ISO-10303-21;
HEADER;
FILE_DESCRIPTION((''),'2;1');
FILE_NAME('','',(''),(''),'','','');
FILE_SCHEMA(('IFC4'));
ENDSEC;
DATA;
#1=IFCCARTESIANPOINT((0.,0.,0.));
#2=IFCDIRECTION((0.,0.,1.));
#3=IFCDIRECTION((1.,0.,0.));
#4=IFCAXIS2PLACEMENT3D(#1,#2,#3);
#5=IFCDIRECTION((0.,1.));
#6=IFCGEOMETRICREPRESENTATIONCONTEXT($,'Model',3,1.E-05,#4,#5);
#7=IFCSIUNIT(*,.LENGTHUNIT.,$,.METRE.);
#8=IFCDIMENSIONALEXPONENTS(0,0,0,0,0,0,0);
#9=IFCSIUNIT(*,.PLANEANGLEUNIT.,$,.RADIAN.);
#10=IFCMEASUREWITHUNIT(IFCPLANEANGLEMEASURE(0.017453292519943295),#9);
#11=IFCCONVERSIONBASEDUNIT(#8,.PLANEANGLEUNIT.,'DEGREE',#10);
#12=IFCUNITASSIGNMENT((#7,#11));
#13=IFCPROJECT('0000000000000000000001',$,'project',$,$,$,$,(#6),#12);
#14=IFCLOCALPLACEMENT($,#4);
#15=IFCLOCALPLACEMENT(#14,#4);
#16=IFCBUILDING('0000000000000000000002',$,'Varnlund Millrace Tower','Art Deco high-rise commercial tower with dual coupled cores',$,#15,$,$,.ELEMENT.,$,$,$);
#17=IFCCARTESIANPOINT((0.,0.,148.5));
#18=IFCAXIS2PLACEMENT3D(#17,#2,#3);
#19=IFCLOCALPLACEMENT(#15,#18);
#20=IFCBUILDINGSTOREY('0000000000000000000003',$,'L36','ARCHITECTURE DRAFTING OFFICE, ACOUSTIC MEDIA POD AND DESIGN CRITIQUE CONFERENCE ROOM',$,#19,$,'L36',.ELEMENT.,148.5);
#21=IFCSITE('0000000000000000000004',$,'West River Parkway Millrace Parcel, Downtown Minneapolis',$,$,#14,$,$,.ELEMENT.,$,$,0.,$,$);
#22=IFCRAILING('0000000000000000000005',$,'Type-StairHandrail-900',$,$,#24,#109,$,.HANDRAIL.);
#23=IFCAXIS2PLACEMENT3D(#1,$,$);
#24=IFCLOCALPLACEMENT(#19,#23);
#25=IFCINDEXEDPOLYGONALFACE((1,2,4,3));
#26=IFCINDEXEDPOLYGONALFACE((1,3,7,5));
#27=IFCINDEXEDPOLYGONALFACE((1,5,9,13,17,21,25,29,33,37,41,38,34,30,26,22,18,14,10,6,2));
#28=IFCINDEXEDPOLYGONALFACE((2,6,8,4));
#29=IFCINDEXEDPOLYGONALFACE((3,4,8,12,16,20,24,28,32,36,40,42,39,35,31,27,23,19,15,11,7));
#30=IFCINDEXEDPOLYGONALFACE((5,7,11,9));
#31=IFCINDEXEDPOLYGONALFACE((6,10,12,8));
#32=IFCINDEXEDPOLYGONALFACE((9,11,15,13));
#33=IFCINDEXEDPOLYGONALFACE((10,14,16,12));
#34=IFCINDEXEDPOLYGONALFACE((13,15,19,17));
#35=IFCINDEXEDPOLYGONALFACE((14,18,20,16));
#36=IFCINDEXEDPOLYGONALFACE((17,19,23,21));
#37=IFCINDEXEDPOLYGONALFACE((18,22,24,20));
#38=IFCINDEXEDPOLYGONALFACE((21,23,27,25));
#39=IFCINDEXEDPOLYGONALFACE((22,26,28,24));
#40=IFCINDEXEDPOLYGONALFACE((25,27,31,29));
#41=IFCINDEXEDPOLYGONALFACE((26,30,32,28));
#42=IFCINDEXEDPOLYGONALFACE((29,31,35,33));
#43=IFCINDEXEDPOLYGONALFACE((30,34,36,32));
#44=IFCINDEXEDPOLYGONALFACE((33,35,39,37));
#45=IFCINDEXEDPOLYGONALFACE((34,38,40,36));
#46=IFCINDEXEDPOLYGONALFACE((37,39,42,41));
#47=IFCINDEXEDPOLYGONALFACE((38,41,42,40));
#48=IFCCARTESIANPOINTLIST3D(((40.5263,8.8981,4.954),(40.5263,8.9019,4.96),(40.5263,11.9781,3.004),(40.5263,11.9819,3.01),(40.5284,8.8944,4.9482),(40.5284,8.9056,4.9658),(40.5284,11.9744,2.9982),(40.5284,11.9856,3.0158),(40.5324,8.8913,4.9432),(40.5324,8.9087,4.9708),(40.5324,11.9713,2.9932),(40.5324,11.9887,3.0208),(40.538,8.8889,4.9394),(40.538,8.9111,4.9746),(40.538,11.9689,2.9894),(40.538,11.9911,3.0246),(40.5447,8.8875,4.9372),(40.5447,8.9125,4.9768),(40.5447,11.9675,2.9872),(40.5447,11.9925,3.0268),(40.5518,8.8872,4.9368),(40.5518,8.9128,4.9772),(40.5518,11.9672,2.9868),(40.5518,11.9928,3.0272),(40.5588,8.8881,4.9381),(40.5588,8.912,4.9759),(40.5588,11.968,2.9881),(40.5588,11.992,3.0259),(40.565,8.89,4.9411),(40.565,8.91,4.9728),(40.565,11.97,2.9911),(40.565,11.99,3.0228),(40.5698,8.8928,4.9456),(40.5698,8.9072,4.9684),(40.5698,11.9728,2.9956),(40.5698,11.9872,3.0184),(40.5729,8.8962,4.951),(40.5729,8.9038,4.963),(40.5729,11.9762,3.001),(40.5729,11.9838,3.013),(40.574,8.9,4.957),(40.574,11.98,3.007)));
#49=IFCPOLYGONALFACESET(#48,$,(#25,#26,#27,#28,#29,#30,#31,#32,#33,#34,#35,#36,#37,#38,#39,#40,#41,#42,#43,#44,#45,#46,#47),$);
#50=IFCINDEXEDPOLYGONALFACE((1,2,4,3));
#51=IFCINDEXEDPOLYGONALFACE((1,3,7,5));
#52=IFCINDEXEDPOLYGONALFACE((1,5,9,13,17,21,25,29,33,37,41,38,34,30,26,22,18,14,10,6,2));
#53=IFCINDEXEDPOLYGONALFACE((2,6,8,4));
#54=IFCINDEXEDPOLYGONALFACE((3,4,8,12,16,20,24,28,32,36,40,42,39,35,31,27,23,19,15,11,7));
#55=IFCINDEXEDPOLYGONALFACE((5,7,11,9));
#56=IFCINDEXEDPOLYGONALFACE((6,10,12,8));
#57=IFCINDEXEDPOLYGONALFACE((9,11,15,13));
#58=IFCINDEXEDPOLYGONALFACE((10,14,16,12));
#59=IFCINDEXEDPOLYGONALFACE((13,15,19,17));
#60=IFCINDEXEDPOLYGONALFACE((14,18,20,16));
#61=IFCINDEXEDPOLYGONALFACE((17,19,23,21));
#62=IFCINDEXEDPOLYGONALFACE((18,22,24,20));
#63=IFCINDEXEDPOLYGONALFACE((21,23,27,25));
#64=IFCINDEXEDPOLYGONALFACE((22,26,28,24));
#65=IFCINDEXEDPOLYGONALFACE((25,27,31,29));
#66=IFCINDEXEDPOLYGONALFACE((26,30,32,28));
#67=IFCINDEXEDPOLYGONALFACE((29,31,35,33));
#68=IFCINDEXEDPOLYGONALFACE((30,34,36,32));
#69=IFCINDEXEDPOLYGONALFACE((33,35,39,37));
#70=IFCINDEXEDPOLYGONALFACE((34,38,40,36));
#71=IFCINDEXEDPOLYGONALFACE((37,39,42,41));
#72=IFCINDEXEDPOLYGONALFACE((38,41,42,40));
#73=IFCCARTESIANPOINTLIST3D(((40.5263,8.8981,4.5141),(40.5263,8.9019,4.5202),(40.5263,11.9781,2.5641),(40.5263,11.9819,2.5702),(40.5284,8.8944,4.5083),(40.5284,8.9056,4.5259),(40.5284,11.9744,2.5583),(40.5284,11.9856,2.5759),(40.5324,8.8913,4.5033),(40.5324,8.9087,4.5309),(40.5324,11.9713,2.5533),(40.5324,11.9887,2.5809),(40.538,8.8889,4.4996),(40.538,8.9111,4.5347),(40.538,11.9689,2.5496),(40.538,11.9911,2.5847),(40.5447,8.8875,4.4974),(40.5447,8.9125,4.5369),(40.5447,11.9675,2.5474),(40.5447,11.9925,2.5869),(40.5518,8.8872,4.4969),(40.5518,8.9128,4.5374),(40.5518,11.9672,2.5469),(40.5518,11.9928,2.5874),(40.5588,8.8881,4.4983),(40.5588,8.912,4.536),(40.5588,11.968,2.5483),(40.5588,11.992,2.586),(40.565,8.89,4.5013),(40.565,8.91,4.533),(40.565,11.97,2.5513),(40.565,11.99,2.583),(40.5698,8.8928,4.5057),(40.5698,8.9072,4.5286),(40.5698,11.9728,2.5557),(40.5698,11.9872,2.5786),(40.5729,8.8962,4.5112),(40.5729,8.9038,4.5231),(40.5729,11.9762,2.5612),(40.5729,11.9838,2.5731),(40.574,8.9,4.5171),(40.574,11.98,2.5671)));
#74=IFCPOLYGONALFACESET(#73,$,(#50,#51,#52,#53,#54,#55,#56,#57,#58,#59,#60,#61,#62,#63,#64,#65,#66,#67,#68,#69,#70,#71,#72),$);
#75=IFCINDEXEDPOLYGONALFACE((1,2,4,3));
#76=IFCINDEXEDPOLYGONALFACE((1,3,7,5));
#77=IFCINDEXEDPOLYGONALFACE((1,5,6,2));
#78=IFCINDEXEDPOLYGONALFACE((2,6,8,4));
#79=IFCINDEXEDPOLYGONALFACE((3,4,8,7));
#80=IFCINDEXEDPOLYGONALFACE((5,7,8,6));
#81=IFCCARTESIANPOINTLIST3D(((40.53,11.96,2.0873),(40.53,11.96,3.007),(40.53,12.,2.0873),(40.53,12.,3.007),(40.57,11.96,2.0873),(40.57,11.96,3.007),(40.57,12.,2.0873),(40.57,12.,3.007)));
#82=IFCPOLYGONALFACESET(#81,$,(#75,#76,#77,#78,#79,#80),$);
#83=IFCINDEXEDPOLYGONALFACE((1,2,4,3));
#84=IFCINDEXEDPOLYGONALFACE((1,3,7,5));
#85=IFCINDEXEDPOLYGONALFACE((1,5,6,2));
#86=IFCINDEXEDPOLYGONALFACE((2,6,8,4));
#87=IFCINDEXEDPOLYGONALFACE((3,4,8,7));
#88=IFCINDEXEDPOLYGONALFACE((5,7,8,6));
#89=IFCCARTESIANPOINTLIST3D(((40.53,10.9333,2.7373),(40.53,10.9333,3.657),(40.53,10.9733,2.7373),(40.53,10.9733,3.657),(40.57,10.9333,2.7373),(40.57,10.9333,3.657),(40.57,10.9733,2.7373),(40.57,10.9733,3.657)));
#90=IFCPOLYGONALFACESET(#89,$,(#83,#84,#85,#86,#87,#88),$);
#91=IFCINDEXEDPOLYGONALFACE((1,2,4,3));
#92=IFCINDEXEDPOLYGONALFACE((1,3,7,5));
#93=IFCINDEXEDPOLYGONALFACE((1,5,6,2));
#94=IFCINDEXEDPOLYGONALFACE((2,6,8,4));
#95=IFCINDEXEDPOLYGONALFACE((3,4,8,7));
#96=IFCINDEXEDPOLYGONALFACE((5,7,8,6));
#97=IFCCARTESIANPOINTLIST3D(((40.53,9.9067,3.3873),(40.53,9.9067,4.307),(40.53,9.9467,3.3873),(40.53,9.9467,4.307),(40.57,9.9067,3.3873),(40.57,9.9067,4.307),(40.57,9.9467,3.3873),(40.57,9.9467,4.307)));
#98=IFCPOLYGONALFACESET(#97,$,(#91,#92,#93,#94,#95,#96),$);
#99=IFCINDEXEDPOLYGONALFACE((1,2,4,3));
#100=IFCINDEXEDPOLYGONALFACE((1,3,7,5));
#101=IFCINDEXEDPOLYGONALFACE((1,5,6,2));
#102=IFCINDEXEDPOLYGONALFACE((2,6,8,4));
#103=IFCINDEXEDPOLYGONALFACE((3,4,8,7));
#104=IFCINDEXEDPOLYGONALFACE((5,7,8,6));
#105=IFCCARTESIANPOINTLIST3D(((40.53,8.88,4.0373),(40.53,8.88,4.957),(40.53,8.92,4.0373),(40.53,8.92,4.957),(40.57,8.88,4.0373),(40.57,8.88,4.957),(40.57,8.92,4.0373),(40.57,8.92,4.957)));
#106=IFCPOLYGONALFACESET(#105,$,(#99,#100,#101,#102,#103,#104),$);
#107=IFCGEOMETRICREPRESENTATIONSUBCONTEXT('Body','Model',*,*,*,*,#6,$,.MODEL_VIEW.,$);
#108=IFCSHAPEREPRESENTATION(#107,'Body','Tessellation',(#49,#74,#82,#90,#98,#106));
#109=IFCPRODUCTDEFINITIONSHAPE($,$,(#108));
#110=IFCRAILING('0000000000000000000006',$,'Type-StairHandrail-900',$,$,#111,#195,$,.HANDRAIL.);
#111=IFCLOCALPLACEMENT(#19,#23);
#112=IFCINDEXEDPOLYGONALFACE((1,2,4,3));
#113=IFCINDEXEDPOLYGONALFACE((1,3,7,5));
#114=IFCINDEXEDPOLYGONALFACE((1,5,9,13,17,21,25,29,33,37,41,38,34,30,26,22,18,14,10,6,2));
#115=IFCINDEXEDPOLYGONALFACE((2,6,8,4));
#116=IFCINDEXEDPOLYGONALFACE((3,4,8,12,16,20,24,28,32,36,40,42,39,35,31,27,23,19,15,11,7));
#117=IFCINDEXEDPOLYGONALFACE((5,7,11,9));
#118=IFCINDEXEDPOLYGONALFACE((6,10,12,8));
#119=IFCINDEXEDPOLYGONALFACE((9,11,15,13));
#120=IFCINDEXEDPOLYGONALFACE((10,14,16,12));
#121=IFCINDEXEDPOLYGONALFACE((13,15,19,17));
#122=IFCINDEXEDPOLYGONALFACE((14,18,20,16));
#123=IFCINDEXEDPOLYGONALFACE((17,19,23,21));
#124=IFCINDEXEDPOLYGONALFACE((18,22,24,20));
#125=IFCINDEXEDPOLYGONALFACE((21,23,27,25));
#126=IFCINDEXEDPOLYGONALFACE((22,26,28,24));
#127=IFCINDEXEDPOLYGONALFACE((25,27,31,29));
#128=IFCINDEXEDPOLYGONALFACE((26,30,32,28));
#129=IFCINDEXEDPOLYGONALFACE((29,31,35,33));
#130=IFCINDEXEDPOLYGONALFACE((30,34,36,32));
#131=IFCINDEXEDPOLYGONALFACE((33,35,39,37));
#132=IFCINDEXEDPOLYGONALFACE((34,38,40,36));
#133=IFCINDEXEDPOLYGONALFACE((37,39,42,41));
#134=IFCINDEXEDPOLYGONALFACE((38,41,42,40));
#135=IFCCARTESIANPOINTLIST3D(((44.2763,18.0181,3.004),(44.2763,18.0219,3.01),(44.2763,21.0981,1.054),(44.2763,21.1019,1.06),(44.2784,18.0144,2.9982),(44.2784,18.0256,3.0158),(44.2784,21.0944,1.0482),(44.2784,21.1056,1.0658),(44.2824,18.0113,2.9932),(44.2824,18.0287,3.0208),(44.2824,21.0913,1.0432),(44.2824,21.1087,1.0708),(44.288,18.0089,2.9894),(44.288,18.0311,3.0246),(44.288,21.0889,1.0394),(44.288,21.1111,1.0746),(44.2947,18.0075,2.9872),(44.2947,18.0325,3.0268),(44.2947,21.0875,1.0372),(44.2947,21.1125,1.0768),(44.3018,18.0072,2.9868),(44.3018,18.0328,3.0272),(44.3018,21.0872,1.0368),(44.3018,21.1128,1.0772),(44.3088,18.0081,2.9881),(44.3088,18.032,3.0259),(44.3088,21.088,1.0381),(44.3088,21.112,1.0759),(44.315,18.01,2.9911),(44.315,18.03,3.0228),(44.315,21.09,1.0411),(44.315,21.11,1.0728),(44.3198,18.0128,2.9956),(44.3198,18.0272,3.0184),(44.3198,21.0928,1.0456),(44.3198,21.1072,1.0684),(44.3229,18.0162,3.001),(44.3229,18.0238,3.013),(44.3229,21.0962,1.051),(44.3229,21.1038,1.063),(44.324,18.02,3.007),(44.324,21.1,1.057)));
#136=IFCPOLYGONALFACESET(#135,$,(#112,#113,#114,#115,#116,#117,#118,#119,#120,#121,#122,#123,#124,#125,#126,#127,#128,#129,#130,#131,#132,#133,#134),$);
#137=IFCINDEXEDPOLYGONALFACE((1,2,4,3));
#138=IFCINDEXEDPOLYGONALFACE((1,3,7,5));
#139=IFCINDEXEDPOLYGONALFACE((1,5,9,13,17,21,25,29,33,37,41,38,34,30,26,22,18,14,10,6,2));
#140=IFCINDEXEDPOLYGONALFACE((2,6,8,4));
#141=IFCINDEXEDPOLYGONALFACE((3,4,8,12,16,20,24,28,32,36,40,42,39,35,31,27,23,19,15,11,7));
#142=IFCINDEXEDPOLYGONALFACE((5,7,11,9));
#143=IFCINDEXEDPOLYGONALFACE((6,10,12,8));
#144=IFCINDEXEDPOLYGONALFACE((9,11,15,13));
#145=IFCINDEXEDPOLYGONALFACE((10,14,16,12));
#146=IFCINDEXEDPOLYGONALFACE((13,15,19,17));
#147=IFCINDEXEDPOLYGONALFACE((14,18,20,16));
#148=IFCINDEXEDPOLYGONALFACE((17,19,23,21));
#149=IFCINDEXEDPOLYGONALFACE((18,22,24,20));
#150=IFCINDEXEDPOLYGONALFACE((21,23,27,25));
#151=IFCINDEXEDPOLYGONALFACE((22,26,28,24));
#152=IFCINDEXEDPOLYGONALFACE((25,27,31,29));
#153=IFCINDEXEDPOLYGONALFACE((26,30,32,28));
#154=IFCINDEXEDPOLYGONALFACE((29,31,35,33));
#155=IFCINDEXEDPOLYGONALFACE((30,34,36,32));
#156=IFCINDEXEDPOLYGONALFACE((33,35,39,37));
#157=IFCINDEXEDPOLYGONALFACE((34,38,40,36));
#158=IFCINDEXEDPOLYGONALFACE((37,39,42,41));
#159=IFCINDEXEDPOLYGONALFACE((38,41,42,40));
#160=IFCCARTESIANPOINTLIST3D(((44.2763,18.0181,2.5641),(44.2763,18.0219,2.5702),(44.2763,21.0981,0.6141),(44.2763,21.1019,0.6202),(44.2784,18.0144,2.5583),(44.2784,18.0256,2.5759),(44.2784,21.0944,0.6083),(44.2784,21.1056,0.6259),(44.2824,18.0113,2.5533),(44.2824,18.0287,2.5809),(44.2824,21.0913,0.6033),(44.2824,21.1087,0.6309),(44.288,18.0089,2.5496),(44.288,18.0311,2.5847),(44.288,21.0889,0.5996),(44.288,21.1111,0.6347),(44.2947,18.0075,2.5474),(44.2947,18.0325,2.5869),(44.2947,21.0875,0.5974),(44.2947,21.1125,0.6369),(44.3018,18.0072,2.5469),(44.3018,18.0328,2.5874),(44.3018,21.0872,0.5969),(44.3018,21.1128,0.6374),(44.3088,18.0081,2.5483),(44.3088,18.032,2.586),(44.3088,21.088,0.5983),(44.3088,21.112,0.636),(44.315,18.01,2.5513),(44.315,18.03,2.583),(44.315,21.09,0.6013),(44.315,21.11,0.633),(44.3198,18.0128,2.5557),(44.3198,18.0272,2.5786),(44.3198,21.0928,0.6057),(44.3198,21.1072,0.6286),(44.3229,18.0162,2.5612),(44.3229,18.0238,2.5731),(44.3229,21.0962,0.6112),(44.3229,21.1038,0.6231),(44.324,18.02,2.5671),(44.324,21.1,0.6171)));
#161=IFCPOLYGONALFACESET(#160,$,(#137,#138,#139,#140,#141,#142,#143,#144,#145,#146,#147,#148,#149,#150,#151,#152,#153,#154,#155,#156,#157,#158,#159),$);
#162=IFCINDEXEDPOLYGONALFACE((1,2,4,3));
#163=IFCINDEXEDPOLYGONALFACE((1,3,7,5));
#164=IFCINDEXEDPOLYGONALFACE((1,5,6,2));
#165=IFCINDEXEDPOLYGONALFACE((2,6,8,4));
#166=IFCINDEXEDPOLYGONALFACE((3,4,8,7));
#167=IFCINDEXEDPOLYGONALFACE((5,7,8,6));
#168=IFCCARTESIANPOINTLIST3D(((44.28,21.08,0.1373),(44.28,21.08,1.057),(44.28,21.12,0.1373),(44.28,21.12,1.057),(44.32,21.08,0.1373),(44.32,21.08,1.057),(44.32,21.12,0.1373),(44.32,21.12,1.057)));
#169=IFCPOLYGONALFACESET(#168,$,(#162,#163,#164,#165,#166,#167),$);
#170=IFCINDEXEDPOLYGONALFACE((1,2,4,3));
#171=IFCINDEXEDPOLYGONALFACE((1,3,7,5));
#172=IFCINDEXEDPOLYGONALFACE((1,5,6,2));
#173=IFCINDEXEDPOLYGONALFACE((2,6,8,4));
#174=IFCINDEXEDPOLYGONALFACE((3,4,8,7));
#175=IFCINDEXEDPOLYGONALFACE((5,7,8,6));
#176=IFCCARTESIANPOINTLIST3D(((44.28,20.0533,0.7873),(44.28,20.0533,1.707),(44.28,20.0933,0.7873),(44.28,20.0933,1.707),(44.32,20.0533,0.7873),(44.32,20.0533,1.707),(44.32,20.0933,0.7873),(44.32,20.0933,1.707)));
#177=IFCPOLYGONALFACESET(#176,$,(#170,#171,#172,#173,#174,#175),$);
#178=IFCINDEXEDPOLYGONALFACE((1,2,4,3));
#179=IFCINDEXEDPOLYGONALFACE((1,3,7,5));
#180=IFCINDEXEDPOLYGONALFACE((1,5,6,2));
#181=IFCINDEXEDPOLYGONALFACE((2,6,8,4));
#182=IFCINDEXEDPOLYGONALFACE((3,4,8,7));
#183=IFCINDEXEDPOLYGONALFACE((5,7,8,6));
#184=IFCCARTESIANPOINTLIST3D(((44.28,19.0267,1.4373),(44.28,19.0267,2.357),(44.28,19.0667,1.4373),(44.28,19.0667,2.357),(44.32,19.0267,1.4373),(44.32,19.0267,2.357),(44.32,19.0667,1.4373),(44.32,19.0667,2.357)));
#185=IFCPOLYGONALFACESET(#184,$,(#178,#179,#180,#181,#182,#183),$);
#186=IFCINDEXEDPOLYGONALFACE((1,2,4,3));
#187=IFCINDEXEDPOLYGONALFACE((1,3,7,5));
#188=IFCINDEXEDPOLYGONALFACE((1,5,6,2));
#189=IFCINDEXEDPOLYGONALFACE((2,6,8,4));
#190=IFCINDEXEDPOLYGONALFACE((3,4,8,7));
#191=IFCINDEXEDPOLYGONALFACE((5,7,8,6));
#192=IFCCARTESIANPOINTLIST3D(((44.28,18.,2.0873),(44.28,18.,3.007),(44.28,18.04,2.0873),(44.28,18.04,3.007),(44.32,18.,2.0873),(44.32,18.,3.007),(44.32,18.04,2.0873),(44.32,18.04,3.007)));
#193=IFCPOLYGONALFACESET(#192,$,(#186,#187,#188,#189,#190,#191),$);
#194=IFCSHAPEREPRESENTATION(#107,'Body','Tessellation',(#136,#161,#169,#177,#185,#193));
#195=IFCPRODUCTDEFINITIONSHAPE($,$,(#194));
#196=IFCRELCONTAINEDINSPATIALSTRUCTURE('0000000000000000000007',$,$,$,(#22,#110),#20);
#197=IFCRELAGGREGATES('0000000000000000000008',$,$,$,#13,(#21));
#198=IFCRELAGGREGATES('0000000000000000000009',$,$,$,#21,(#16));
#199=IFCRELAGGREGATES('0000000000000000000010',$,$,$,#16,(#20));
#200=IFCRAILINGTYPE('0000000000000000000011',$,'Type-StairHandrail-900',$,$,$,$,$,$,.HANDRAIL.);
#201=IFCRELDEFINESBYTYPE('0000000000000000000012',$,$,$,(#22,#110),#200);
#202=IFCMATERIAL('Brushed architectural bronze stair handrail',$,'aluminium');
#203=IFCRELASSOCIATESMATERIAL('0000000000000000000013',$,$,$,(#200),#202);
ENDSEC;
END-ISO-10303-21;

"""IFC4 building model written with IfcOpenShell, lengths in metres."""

from ifc_helpers import new_model, entity, si_unit, converted_unit, direction, frame, origin_with_axes, origin_2d_with_axis, place, context, subcontext, project, spatial, rectangle, circle, extrude, material, type_object, element, save


model = new_model("IFC4")

# Units and contexts
model_context = context("Model", 3, precision=1e-05, world=origin_with_axes(), true_north=direction((0.0, 1.0)))
body_context = subcontext(model_context, "Body", "Model", "MODEL_VIEW")
ifc_project = project(units=[si_unit("LENGTHUNIT", "METRE"), converted_unit("PLANEANGLEUNIT", "DEGREE", entity("IfcPlaneAngleMeasure", 0.017453292519943295), si_unit("PLANEANGLEUNIT", "RADIAN"), dimensions=[0, 0, 0, 0, 0, 0, 0])], contexts=[model_context])

# Site, building, storey
site_placement = place(None, origin_with_axes())
site = spatial("IfcSite", under=ifc_project, at=site_placement, Name="West River Parkway Millrace Parcel, Downtown Minneapolis", CompositionType="ELEMENT", RefElevation=0.0)
building_placement = place(site_placement, origin_with_axes())
building = spatial("IfcBuilding", under=site, at=building_placement, Name="Varnlund Millrace Tower", Description="Art Deco high-rise commercial tower with dual coupled cores", CompositionType="ELEMENT")
storey_placement = place(building_placement, frame((0.0, 0.0, 148.5), z_axis=(0.0, 0.0, 1.0), x_axis=(1.0, 0.0, 0.0)))
storey = spatial("IfcBuildingStorey", under=building, at=storey_placement, Name="L36", Description="ARCHITECTURE DRAFTING OFFICE, ACOUSTIC MEDIA POD AND DESIGN CRITIQUE CONFERENCE ROOM", LongName="L36", CompositionType="ELEMENT", Elevation=148.5)

# Railings
ifc_material_1 = material(Name="Brushed architectural bronze stair handrail", Category="aluminium")
railing_type_1 = type_object("IfcRailingType", Name="Type-StairHandrail-900", PredefinedType="HANDRAIL", material=ifc_material_1)
railing_1_placement = place(storey_placement, frame((0.0, 0.0, -148.5), z_axis=(0.0, 0.0, 1.0), x_axis=(1.0, 0.0, 0.0)))
element("IfcRailing", 1, at=railing_1_placement, inside=storey, type_object=railing_type_1, Name="Type-StairHandrail-900", PredefinedType="HANDRAIL", context=body_context, shape_type="SweptSolid", body=[
    extrude(circle(Radius=0.024, at=origin_2d_with_axis()), frame((40.55, 11.98, 151.507), z_axis=(0.0, -0.844902, 0.534922), x_axis=(1.0, 0.0, 0.0)), (0.0, 0.0, 1.0), 3.6454),
    extrude(circle(Radius=0.024, at=origin_2d_with_axis()), frame((40.55, 11.98, 151.0671), z_axis=(0.0, -0.844902, 0.534922), x_axis=(1.0, 0.0, 0.0)), (0.0, 0.0, 1.0), 3.6454),
    extrude(rectangle(XDim=0.04, YDim=0.04, at=origin_2d_with_axis()), frame((40.55, 11.98, 150.5873), z_axis=(0.0, 0.0, 1.0), x_axis=(1.0, 0.0, 0.0)), (0.0, 0.0, 1.0), 0.9197),
    extrude(rectangle(XDim=0.04, YDim=0.04, at=origin_2d_with_axis()), frame((40.55, 10.9533, 151.2373), z_axis=(0.0, 0.0, 1.0), x_axis=(1.0, 0.0, 0.0)), (0.0, 0.0, 1.0), 0.9197),
    extrude(rectangle(XDim=0.04, YDim=0.04, at=origin_2d_with_axis()), frame((40.55, 9.9267, 151.8873), z_axis=(0.0, 0.0, 1.0), x_axis=(1.0, 0.0, 0.0)), (0.0, 0.0, 1.0), 0.9197),
    extrude(rectangle(XDim=0.04, YDim=0.04, at=origin_2d_with_axis()), frame((40.55, 8.9, 152.5373), z_axis=(0.0, 0.0, 1.0), x_axis=(1.0, 0.0, 0.0)), (0.0, 0.0, 1.0), 0.9197),
])
railing_2_placement = place(storey_placement, frame((0.0, 0.0, -148.5), z_axis=(0.0, 0.0, 1.0), x_axis=(1.0, 0.0, 0.0)))
element("IfcRailing", 2, at=railing_2_placement, inside=storey, type_object=railing_type_1, Name="Type-StairHandrail-900", PredefinedType="HANDRAIL", context=body_context, shape_type="SweptSolid", body=[
    extrude(circle(Radius=0.024, at=origin_2d_with_axis()), frame((44.3, 21.1, 149.557), z_axis=(0.0, -0.844902, 0.534922), x_axis=(1.0, 0.0, 0.0)), (0.0, 0.0, 1.0), 3.6454),
    extrude(circle(Radius=0.024, at=origin_2d_with_axis()), frame((44.3, 21.1, 149.1171), z_axis=(0.0, -0.844902, 0.534922), x_axis=(1.0, 0.0, 0.0)), (0.0, 0.0, 1.0), 3.6454),
    extrude(rectangle(XDim=0.04, YDim=0.04, at=origin_2d_with_axis()), frame((44.3, 21.1, 148.6373), z_axis=(0.0, 0.0, 1.0), x_axis=(1.0, 0.0, 0.0)), (0.0, 0.0, 1.0), 0.9197),
    extrude(rectangle(XDim=0.04, YDim=0.04, at=origin_2d_with_axis()), frame((44.3, 20.0733, 149.2873), z_axis=(0.0, 0.0, 1.0), x_axis=(1.0, 0.0, 0.0)), (0.0, 0.0, 1.0), 0.9197),
    extrude(rectangle(XDim=0.04, YDim=0.04, at=origin_2d_with_axis()), frame((44.3, 19.0467, 149.9373), z_axis=(0.0, 0.0, 1.0), x_axis=(1.0, 0.0, 0.0)), (0.0, 0.0, 1.0), 0.9197),
    extrude(rectangle(XDim=0.04, YDim=0.04, at=origin_2d_with_axis()), frame((44.3, 18.02, 150.5873), z_axis=(0.0, 0.0, 1.0), x_axis=(1.0, 0.0, 0.0)), (0.0, 0.0, 1.0), 0.9197),
])

save(model, "model.ifc")
